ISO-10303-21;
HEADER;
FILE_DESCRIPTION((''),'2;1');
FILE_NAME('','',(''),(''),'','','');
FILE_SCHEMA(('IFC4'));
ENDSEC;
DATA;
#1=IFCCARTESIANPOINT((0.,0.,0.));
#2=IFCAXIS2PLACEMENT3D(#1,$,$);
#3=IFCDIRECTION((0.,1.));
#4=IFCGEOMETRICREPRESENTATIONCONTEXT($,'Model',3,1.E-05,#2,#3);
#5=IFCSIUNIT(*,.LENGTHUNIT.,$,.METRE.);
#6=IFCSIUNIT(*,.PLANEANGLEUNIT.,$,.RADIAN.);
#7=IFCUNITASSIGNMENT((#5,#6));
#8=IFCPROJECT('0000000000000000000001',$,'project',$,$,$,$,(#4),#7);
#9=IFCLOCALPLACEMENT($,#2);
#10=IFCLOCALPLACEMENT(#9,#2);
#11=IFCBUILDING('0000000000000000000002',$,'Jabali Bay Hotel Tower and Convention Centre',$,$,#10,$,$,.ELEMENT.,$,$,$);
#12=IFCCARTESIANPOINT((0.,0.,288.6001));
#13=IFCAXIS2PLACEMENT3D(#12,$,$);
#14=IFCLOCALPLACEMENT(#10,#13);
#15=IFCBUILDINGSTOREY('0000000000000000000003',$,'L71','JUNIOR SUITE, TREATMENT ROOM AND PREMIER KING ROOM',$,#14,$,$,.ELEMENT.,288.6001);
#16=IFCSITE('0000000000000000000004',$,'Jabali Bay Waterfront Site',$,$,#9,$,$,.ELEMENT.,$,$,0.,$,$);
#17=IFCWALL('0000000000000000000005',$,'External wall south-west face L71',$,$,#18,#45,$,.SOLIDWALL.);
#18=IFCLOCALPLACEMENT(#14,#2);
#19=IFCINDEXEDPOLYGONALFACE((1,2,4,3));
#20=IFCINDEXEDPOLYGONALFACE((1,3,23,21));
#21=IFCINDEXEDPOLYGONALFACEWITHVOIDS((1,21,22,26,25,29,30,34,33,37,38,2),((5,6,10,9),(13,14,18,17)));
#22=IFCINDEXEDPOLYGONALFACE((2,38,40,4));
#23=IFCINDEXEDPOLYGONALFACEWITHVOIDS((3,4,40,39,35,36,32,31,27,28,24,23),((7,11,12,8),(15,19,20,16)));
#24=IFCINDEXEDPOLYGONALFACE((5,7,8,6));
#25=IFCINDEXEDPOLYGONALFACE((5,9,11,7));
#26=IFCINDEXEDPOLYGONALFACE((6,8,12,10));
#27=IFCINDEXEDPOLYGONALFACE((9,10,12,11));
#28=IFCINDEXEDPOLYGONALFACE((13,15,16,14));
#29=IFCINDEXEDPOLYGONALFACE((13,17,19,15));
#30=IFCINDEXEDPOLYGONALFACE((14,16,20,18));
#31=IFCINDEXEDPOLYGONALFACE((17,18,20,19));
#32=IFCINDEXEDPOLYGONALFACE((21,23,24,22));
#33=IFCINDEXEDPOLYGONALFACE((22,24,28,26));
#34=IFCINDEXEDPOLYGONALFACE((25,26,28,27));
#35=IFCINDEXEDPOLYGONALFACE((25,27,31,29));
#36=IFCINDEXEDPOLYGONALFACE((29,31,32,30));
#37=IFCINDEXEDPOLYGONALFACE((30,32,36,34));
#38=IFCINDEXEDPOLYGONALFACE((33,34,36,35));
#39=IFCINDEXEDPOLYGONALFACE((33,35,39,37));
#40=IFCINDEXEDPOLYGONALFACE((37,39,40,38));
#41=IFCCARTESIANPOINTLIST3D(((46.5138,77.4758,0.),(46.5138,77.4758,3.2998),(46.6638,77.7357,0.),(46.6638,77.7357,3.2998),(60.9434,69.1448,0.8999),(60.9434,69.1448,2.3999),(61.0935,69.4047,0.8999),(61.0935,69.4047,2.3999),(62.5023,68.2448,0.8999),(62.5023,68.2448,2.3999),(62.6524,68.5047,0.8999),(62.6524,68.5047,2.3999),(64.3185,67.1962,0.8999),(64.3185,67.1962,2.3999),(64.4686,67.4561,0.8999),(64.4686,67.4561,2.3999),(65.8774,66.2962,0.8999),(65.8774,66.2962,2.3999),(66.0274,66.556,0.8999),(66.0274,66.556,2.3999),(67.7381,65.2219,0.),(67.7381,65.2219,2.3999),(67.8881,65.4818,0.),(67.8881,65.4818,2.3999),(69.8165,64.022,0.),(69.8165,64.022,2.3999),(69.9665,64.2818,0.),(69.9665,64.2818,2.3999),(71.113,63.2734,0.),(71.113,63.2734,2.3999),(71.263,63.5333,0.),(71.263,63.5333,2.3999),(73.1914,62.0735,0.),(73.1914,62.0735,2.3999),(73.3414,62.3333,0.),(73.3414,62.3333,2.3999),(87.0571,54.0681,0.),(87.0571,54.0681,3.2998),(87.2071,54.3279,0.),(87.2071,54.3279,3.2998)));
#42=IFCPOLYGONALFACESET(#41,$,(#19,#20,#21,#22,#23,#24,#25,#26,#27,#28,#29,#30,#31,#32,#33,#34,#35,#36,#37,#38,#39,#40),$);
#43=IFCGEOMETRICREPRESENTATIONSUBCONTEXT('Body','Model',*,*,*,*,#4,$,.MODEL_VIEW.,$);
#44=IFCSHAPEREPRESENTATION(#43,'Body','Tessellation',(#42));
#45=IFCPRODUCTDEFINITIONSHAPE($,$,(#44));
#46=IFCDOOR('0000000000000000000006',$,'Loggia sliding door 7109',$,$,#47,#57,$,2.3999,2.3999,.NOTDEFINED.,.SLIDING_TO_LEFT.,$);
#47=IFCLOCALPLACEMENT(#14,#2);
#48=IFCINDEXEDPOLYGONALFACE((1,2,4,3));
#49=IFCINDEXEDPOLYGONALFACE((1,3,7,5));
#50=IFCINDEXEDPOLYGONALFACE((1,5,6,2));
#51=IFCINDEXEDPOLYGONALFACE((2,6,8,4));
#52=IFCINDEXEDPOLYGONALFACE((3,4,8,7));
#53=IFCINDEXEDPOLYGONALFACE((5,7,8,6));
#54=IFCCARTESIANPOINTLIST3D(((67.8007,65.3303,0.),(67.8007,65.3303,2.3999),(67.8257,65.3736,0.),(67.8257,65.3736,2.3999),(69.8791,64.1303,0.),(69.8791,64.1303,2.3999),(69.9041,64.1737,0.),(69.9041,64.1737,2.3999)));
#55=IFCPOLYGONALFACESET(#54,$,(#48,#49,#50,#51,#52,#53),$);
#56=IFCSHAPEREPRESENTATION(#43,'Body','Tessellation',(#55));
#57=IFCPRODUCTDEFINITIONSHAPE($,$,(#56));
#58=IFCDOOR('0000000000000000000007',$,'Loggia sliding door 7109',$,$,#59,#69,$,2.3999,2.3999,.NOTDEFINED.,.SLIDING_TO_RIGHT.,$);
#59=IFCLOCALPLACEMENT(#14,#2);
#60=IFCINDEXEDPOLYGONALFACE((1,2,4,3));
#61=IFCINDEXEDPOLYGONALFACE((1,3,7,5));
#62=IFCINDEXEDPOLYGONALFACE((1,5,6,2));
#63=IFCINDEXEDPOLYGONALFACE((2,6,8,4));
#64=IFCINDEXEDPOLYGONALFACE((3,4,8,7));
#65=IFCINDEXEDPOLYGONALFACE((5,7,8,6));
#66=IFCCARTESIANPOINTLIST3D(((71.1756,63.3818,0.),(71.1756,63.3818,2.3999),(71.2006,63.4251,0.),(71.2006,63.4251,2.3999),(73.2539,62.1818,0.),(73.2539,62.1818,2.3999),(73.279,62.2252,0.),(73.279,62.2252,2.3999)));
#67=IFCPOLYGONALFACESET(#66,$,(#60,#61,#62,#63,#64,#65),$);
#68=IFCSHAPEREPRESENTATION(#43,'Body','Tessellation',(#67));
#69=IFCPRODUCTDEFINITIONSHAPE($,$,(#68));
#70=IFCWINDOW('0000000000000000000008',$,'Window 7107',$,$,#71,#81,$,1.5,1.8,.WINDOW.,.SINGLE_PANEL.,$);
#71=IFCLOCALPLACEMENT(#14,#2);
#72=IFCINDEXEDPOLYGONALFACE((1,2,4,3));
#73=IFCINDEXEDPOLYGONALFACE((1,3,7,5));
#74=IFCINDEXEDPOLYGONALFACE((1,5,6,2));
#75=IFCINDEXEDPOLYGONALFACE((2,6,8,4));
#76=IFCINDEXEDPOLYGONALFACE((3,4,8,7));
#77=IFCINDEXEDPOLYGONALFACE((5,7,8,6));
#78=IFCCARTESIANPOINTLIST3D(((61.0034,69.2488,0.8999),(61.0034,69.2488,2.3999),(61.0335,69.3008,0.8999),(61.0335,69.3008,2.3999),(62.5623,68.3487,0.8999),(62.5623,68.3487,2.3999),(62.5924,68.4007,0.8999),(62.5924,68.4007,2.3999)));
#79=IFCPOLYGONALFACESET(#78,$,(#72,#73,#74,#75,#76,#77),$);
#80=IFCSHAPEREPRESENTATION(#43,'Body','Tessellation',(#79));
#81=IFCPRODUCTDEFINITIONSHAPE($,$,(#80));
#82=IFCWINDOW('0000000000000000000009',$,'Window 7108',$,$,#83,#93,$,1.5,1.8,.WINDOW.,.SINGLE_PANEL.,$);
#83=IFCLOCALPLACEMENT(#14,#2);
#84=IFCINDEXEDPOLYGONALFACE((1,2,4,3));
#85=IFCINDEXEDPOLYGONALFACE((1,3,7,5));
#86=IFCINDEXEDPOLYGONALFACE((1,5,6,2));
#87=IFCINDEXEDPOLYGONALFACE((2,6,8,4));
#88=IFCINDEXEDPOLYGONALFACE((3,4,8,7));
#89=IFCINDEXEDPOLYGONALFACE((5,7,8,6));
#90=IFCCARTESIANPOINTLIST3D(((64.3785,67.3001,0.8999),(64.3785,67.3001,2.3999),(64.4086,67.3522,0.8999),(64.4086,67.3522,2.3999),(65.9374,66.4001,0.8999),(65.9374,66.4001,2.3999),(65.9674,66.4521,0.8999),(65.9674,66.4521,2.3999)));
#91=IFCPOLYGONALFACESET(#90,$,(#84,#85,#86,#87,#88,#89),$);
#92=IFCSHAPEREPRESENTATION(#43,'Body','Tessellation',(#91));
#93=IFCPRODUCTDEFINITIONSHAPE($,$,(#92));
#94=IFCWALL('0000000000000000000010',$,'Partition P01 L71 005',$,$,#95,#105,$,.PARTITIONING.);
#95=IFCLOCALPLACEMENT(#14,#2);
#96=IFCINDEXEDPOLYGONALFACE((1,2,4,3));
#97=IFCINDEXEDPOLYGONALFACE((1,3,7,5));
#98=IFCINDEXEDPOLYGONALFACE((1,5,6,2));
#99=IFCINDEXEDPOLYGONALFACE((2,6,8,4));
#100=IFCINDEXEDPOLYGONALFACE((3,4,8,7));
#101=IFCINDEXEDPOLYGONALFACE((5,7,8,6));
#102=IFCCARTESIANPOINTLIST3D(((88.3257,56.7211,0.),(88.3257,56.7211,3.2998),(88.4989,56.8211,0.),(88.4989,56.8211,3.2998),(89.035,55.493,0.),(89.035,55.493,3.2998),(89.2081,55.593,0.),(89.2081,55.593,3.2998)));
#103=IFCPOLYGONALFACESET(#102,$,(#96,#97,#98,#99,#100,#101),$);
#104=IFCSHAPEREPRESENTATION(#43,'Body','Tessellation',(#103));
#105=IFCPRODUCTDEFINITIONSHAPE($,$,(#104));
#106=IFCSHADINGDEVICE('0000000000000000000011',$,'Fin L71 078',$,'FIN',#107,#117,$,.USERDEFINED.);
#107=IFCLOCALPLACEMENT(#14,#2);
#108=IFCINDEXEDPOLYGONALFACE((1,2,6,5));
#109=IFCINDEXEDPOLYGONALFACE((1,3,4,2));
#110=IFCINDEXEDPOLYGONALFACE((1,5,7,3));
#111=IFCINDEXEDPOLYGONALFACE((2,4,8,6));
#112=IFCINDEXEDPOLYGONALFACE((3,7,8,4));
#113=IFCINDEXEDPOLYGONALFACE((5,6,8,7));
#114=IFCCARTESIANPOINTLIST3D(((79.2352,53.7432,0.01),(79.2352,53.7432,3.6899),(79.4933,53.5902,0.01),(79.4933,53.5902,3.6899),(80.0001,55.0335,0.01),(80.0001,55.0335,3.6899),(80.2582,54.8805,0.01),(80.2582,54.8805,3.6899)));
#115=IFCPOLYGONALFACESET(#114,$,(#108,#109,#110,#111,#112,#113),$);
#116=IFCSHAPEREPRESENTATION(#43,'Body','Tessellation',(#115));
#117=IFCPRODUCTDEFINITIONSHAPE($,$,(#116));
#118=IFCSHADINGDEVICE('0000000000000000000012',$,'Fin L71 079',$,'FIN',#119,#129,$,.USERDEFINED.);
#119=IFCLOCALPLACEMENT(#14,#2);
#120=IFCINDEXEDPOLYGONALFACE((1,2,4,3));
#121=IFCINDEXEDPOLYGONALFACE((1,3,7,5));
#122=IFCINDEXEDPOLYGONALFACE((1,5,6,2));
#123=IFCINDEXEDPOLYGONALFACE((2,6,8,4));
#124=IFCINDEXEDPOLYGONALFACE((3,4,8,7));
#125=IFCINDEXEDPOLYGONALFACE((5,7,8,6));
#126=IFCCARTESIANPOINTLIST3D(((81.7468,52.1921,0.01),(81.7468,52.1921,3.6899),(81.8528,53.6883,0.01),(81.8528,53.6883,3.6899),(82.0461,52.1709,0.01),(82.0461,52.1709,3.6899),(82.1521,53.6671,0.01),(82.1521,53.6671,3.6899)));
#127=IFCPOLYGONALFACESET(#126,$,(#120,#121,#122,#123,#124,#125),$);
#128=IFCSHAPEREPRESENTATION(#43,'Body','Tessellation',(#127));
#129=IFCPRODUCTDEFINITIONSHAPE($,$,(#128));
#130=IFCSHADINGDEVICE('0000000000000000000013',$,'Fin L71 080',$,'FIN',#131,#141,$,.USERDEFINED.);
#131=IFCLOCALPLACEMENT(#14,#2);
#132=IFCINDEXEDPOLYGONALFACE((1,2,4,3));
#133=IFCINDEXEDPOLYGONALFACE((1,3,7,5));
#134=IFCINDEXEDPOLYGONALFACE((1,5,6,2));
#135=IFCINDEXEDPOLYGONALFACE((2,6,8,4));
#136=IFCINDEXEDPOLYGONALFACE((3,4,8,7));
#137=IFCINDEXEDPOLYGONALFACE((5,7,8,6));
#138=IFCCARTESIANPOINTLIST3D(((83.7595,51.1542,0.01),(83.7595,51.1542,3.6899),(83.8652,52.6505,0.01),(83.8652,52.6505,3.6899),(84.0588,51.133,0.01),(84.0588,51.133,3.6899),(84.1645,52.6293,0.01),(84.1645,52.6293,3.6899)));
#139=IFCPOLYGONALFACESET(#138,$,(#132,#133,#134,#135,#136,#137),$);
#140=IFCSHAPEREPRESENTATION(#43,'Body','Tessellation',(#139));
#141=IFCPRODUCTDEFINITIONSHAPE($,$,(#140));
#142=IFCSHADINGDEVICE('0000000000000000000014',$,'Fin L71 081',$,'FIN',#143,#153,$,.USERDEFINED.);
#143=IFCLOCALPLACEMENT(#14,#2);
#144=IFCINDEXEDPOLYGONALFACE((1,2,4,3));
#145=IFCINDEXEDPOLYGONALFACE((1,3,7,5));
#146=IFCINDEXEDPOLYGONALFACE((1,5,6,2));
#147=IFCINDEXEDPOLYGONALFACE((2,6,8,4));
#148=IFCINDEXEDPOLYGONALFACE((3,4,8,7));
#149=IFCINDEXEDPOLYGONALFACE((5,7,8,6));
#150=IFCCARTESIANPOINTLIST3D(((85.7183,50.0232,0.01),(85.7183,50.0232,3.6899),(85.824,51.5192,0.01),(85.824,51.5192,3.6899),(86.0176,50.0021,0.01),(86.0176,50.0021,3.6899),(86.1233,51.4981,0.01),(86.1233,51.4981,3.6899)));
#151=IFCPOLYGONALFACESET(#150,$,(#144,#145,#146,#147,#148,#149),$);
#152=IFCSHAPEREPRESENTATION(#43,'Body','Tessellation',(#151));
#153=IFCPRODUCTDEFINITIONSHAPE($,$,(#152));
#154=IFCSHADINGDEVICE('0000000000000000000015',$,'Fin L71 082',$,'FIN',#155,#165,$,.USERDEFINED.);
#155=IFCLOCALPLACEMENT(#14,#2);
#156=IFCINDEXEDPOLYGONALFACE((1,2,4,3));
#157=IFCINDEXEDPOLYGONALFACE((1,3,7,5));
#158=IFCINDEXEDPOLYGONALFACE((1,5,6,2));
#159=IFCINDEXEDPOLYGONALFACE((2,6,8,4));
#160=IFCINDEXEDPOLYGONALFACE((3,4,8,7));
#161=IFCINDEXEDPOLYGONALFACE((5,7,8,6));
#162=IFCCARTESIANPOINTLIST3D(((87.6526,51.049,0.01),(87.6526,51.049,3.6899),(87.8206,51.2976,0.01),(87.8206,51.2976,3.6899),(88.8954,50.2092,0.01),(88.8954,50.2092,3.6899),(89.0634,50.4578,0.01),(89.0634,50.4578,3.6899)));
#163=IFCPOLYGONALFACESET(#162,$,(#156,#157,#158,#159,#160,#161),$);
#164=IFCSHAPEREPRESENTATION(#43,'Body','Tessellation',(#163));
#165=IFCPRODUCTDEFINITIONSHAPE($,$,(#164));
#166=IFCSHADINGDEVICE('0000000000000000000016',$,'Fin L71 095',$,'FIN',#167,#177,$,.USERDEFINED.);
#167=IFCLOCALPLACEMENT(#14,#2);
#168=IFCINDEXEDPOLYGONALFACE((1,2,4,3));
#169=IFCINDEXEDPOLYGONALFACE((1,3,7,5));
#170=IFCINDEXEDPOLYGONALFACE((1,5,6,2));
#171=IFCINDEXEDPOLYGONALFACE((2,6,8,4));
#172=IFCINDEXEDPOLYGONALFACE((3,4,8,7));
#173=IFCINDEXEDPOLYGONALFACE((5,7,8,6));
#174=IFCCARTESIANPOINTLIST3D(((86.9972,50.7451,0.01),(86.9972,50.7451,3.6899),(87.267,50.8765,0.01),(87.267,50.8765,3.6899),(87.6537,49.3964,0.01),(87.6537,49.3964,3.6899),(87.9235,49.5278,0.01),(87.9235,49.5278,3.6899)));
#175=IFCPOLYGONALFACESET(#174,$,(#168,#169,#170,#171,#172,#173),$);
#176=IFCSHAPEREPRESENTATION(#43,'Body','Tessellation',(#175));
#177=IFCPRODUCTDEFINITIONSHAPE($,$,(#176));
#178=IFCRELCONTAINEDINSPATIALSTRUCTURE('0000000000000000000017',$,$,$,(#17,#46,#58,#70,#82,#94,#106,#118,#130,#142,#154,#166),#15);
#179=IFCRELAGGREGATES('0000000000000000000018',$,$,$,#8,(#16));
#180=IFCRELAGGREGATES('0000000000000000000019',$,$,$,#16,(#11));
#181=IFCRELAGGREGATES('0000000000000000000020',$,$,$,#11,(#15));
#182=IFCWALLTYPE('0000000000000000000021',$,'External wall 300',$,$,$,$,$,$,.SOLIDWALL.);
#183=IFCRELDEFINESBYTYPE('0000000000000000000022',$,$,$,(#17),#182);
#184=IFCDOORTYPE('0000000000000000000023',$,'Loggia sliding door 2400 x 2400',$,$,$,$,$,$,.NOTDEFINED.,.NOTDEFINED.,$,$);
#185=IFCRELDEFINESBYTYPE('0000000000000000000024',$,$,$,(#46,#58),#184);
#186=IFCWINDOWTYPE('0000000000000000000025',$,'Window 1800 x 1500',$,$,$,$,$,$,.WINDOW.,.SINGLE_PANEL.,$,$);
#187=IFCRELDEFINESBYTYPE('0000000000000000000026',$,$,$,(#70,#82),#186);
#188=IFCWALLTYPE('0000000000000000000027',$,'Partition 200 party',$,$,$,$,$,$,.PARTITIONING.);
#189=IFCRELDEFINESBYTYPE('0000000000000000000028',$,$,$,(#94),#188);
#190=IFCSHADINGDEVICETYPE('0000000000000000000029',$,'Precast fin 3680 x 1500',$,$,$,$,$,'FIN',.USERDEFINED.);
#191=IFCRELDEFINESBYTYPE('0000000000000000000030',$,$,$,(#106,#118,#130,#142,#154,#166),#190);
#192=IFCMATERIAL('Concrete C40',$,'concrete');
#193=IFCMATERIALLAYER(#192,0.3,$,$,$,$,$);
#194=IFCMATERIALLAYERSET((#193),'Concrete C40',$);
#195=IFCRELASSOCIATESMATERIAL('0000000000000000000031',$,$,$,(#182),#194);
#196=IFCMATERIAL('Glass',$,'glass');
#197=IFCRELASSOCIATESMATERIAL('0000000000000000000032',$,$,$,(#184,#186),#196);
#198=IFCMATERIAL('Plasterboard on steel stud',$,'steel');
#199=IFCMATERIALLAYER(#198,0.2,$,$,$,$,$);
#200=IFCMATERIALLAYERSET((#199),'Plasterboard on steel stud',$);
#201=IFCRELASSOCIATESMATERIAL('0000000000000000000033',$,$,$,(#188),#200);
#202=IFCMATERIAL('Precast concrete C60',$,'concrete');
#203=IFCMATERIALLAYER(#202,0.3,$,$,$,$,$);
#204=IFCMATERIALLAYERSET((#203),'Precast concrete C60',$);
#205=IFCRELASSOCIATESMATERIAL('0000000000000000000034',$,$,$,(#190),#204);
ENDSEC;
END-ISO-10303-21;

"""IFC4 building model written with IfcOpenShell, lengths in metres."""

from ifc_helpers import new_model, si_unit, direction, frame, frame_2d, origin, place, context, subcontext, project, spatial, rectangle, extrude, material, layer, layer_set, type_object, element, fill, save


model = new_model("IFC4")

# Units and contexts
model_context = context("Model", 3, precision=1e-05, world=origin(), true_north=direction((0.0, 1.0)))
body_context = subcontext(model_context, "Body", "Model", "MODEL_VIEW")
ifc_project = project(units=[si_unit("LENGTHUNIT", "METRE"), si_unit("PLANEANGLEUNIT", "RADIAN")], contexts=[model_context])

# Site, building, storey
site_placement = place(None, origin())
site = spatial("IfcSite", under=ifc_project, at=site_placement, Name="Jabali Bay Waterfront Site", CompositionType="ELEMENT", RefElevation=0.0)
building_placement = place(site_placement, origin())
building = spatial("IfcBuilding", under=site, at=building_placement, Name="Jabali Bay Hotel Tower and Convention Centre", CompositionType="ELEMENT")
storey_placement = place(building_placement, frame((0.0, 0.0, 288.6001)))
storey = spatial("IfcBuildingStorey", under=building, at=storey_placement, Name="L71", Description="JUNIOR SUITE, TREATMENT ROOM AND PREMIER KING ROOM", CompositionType="ELEMENT", Elevation=288.6001)

# Shared definitions
ifc_material_1 = material(Name="Concrete C40", Category="concrete")

# Wall, openings, doors, windows
ifc_layer_1 = layer(ifc_material_1, 0.3)
ifc_layer_set_1 = layer_set([ifc_layer_1], Name="Concrete C40")
wall_type_1 = type_object("IfcWallType", Name="External wall 300", PredefinedType="SOLIDWALL", material=ifc_layer_set_1)
wall_1_placement = place(storey_placement, frame((87.1321, 54.198, 0.0), z_axis=(0.0, 0.0, 1.0), x_axis=(-0.866025, 0.500001, 0.0)))
wall_1 = element("IfcWall", 1, at=wall_1_placement, inside=storey, type_object=wall_type_1, Name="External wall south-west face L71", PredefinedType="SOLIDWALL", context=body_context, shape_type="SweptSolid", body=[
    extrude(rectangle(XDim=46.8154, YDim=0.3, at=frame_2d((23.4077, 0.0))), origin(), (0.0, 0.0, 1.0), 3.2998),
])
opening_1_placement = place(wall_1_placement, frame((19.9077, 0.0, 0.0)))
opening_1 = element("IfcOpeningElement", 2, at=opening_1_placement, cuts=wall_1, PredefinedType="OPENING", context=body_context, shape_type="SweptSolid", body=[
    extrude(rectangle(XDim=2.3999, YDim=2.3999, at=frame_2d((1.2, 1.2))), frame((0.0, 0.1606, 0.0), z_axis=(0.0, -1.0, 0.0), x_axis=(1.0, 0.0, 0.0)), (0.0, 0.0, 1.0), 0.321),
])
opening_2_placement = place(wall_1_placement, frame((16.0107, 0.0, 0.0)))
opening_2 = element("IfcOpeningElement", 3, at=opening_2_placement, cuts=wall_1, PredefinedType="OPENING", context=body_context, shape_type="SweptSolid", body=[
    extrude(rectangle(XDim=2.3999, YDim=2.3999, at=frame_2d((1.2, 1.2))), frame((0.0, 0.1606, 0.0), z_axis=(0.0, -1.0, 0.0), x_axis=(1.0, 0.0, 0.0)), (0.0, 0.0, 1.0), 0.321),
])
opening_3_placement = place(wall_1_placement, frame((28.3535, 0.0, 0.8999)))
opening_3 = element("IfcOpeningElement", 4, at=opening_3_placement, cuts=wall_1, PredefinedType="OPENING", context=body_context, shape_type="SweptSolid", body=[
    extrude(rectangle(XDim=1.8, YDim=1.5, at=frame_2d((0.8999, 0.75))), frame((0.0, 0.1606, 0.0), z_axis=(0.0, -1.0, 0.0), x_axis=(1.0, 0.0, 0.0)), (0.0, 0.0, 1.0), 0.321),
])
opening_4_placement = place(wall_1_placement, frame((24.4563, 0.0, 0.8999)))
opening_4 = element("IfcOpeningElement", 5, at=opening_4_placement, cuts=wall_1, PredefinedType="OPENING", context=body_context, shape_type="SweptSolid", body=[
    extrude(rectangle(XDim=1.8, YDim=1.5, at=frame_2d((0.8999, 0.75))), frame((0.0, 0.1606, 0.0), z_axis=(0.0, -1.0, 0.0), x_axis=(1.0, 0.0, 0.0)), (0.0, 0.0, 1.0), 0.321),
])
ifc_material_2 = material(Name="Glass", Category="glass")
door_type = type_object("IfcDoorType", Name="Loggia sliding door 2400 x 2400", OperationType="NOTDEFINED", PredefinedType="NOTDEFINED", material=ifc_material_2)
door_1_placement = place(opening_1_placement, origin())
door_1 = element("IfcDoor", 6, at=door_1_placement, inside=storey, type_object=door_type, Name="Loggia sliding door 7109", OperationType="SLIDING_TO_LEFT", OverallHeight=2.3999, OverallWidth=2.3999, PredefinedType="NOTDEFINED", context=body_context, shape_type="SweptSolid", body=[
    extrude(rectangle(XDim=2.3999, YDim=2.3999, at=frame_2d((1.2, 1.2))), frame((0.0, 0.0249, 0.0), z_axis=(0.0, -1.0, 0.0), x_axis=(1.0, 0.0, 0.0)), (0.0, 0.0, 1.0), 0.05),
])
fill(opening_1, door_1)
door_2_placement = place(opening_2_placement, origin())
door_2 = element("IfcDoor", 7, at=door_2_placement, inside=storey, type_object=door_type, Name="Loggia sliding door 7109", OperationType="SLIDING_TO_RIGHT", OverallHeight=2.3999, OverallWidth=2.3999, PredefinedType="NOTDEFINED", context=body_context, shape_type="SweptSolid", body=[
    extrude(rectangle(XDim=2.3999, YDim=2.3999, at=frame_2d((1.2, 1.2))), frame((0.0, 0.0249, 0.0), z_axis=(0.0, -1.0, 0.0), x_axis=(1.0, 0.0, 0.0)), (0.0, 0.0, 1.0), 0.05),
])
fill(opening_2, door_2)
window_type = type_object("IfcWindowType", Name="Window 1800 x 1500", PartitioningType="SINGLE_PANEL", PredefinedType="WINDOW", material=ifc_material_2)
window_1_placement = place(opening_3_placement, origin())
window_1 = element("IfcWindow", 8, at=window_1_placement, inside=storey, type_object=window_type, Name="Window 7107", OverallHeight=1.5, OverallWidth=1.8, PartitioningType="SINGLE_PANEL", PredefinedType="WINDOW", context=body_context, shape_type="SweptSolid", body=[
    extrude(rectangle(XDim=1.8, YDim=1.5, at=frame_2d((0.8999, 0.75))), frame((0.0, 0.03, 0.0), z_axis=(0.0, -1.0, 0.0), x_axis=(1.0, 0.0, 0.0)), (0.0, 0.0, 1.0), 0.0601),
])
fill(opening_3, window_1)
window_2_placement = place(opening_4_placement, origin())
window_2 = element("IfcWindow", 9, at=window_2_placement, inside=storey, type_object=window_type, Name="Window 7108", OverallHeight=1.5, OverallWidth=1.8, PartitioningType="SINGLE_PANEL", PredefinedType="WINDOW", context=body_context, shape_type="SweptSolid", body=[
    extrude(rectangle(XDim=1.8, YDim=1.5, at=frame_2d((0.8999, 0.75))), frame((0.0, 0.03, 0.0), z_axis=(0.0, -1.0, 0.0), x_axis=(1.0, 0.0, 0.0)), (0.0, 0.0, 1.0), 0.0601),
])
fill(opening_4, window_2)

# Wall
ifc_material_3 = material(Name="Plasterboard on steel stud", Category="steel")
ifc_layer_2 = layer(ifc_material_3, 0.2)
ifc_layer_set_2 = layer_set([ifc_layer_2], Name="Plasterboard on steel stud")
wall_type_2 = type_object("IfcWallType", Name="Partition 200 party", PredefinedType="PARTITIONING", material=ifc_layer_set_2)
wall_2_placement = place(storey_placement, frame((88.4124, 56.771, 0.0), z_axis=(0.0, 0.0, 1.0), x_axis=(0.50012, -0.865956, 0.0)))
element("IfcWall", 10, at=wall_2_placement, inside=storey, type_object=wall_type_2, Name="Partition P01 L71 005", PredefinedType="PARTITIONING", context=body_context, shape_type="SweptSolid", body=[
    extrude(rectangle(XDim=1.4182, YDim=0.2, at=frame_2d((0.709, 0.0))), origin(), (0.0, 0.0, 1.0), 3.2998),
])

# Shading devices
ifc_material_4 = material(Name="Precast concrete C60", Category="concrete")
ifc_layer_3 = layer(ifc_material_4, 0.3)
ifc_layer_set_3 = layer_set([ifc_layer_3], Name="Precast concrete C60")
shading_device_type = type_object("IfcShadingDeviceType", Name="Precast fin 3680 x 1500", ElementType="FIN", PredefinedType="USERDEFINED", material=ifc_layer_set_3)
for number, where, z_axis, x_axis, name in (
    (11, (80.1292, 54.957, 0.01), (0.0, 0.0, 1.0), (-0.509941, -0.86021, 0.0), "Fin L71 078"),
    (12, (82.0024, 53.6777, 0.01), (0.0, 0.0, 1.0), (-0.070634, -0.997502, 0.0), "Fin L71 079"),
    (13, (84.0149, 52.6399, 0.01), (0.0, 0.0, 1.0), (-0.070472, -0.997514, 0.0), "Fin L71 080"),
):
    element("IfcShadingDevice", number, at=place(storey_placement, frame(where, z_axis=z_axis, x_axis=x_axis)), inside=storey, type_object=shading_device_type, Name=name, ObjectType="FIN", PredefinedType="USERDEFINED", context=body_context, shape_type="SweptSolid", body=[
        extrude(rectangle(XDim=1.5, YDim=0.3, at=frame_2d((0.75, 0.0))), origin(), (0.0, 0.0, 1.0), 3.6799),
    ])
shading_device_placement = place(storey_placement, frame((85.9736, 51.5088, 0.01), z_axis=(0.0, 0.0, 1.0), x_axis=(-0.070484, -0.997513, 0.0)))
element("IfcShadingDevice", 14, at=shading_device_placement, inside=storey, type_object=shading_device_type, Name="Fin L71 081", ObjectType="FIN", PredefinedType="USERDEFINED", context=body_context, shape_type="SweptSolid", body=[
    extrude(rectangle(XDim=1.4998, YDim=0.3, at=frame_2d((0.75, 0.0))), origin(), (0.0, 0.0, 1.0), 3.6799),
])
for number, where, z_axis, x_axis, name in (
    (15, (87.7366, 51.1733, 0.01), (0.0, 0.0, 1.0), (0.828579, -0.559873, 0.0), "Fin L71 082"),
    (16, (87.1321, 50.8108, 0.01), (0.0, 0.0, 1.0), (0.437683, -0.899129, 0.0), "Fin L71 095"),
):
    element("IfcShadingDevice", number, at=place(storey_placement, frame(where, z_axis=z_axis, x_axis=x_axis)), inside=storey, type_object=shading_device_type, Name=name, ObjectType="FIN", PredefinedType="USERDEFINED", context=body_context, shape_type="SweptSolid", body=[
        extrude(rectangle(XDim=1.5, YDim=0.3, at=frame_2d((0.75, 0.0))), origin(), (0.0, 0.0, 1.0), 3.6799),
    ])

save(model, "model.ifc")
